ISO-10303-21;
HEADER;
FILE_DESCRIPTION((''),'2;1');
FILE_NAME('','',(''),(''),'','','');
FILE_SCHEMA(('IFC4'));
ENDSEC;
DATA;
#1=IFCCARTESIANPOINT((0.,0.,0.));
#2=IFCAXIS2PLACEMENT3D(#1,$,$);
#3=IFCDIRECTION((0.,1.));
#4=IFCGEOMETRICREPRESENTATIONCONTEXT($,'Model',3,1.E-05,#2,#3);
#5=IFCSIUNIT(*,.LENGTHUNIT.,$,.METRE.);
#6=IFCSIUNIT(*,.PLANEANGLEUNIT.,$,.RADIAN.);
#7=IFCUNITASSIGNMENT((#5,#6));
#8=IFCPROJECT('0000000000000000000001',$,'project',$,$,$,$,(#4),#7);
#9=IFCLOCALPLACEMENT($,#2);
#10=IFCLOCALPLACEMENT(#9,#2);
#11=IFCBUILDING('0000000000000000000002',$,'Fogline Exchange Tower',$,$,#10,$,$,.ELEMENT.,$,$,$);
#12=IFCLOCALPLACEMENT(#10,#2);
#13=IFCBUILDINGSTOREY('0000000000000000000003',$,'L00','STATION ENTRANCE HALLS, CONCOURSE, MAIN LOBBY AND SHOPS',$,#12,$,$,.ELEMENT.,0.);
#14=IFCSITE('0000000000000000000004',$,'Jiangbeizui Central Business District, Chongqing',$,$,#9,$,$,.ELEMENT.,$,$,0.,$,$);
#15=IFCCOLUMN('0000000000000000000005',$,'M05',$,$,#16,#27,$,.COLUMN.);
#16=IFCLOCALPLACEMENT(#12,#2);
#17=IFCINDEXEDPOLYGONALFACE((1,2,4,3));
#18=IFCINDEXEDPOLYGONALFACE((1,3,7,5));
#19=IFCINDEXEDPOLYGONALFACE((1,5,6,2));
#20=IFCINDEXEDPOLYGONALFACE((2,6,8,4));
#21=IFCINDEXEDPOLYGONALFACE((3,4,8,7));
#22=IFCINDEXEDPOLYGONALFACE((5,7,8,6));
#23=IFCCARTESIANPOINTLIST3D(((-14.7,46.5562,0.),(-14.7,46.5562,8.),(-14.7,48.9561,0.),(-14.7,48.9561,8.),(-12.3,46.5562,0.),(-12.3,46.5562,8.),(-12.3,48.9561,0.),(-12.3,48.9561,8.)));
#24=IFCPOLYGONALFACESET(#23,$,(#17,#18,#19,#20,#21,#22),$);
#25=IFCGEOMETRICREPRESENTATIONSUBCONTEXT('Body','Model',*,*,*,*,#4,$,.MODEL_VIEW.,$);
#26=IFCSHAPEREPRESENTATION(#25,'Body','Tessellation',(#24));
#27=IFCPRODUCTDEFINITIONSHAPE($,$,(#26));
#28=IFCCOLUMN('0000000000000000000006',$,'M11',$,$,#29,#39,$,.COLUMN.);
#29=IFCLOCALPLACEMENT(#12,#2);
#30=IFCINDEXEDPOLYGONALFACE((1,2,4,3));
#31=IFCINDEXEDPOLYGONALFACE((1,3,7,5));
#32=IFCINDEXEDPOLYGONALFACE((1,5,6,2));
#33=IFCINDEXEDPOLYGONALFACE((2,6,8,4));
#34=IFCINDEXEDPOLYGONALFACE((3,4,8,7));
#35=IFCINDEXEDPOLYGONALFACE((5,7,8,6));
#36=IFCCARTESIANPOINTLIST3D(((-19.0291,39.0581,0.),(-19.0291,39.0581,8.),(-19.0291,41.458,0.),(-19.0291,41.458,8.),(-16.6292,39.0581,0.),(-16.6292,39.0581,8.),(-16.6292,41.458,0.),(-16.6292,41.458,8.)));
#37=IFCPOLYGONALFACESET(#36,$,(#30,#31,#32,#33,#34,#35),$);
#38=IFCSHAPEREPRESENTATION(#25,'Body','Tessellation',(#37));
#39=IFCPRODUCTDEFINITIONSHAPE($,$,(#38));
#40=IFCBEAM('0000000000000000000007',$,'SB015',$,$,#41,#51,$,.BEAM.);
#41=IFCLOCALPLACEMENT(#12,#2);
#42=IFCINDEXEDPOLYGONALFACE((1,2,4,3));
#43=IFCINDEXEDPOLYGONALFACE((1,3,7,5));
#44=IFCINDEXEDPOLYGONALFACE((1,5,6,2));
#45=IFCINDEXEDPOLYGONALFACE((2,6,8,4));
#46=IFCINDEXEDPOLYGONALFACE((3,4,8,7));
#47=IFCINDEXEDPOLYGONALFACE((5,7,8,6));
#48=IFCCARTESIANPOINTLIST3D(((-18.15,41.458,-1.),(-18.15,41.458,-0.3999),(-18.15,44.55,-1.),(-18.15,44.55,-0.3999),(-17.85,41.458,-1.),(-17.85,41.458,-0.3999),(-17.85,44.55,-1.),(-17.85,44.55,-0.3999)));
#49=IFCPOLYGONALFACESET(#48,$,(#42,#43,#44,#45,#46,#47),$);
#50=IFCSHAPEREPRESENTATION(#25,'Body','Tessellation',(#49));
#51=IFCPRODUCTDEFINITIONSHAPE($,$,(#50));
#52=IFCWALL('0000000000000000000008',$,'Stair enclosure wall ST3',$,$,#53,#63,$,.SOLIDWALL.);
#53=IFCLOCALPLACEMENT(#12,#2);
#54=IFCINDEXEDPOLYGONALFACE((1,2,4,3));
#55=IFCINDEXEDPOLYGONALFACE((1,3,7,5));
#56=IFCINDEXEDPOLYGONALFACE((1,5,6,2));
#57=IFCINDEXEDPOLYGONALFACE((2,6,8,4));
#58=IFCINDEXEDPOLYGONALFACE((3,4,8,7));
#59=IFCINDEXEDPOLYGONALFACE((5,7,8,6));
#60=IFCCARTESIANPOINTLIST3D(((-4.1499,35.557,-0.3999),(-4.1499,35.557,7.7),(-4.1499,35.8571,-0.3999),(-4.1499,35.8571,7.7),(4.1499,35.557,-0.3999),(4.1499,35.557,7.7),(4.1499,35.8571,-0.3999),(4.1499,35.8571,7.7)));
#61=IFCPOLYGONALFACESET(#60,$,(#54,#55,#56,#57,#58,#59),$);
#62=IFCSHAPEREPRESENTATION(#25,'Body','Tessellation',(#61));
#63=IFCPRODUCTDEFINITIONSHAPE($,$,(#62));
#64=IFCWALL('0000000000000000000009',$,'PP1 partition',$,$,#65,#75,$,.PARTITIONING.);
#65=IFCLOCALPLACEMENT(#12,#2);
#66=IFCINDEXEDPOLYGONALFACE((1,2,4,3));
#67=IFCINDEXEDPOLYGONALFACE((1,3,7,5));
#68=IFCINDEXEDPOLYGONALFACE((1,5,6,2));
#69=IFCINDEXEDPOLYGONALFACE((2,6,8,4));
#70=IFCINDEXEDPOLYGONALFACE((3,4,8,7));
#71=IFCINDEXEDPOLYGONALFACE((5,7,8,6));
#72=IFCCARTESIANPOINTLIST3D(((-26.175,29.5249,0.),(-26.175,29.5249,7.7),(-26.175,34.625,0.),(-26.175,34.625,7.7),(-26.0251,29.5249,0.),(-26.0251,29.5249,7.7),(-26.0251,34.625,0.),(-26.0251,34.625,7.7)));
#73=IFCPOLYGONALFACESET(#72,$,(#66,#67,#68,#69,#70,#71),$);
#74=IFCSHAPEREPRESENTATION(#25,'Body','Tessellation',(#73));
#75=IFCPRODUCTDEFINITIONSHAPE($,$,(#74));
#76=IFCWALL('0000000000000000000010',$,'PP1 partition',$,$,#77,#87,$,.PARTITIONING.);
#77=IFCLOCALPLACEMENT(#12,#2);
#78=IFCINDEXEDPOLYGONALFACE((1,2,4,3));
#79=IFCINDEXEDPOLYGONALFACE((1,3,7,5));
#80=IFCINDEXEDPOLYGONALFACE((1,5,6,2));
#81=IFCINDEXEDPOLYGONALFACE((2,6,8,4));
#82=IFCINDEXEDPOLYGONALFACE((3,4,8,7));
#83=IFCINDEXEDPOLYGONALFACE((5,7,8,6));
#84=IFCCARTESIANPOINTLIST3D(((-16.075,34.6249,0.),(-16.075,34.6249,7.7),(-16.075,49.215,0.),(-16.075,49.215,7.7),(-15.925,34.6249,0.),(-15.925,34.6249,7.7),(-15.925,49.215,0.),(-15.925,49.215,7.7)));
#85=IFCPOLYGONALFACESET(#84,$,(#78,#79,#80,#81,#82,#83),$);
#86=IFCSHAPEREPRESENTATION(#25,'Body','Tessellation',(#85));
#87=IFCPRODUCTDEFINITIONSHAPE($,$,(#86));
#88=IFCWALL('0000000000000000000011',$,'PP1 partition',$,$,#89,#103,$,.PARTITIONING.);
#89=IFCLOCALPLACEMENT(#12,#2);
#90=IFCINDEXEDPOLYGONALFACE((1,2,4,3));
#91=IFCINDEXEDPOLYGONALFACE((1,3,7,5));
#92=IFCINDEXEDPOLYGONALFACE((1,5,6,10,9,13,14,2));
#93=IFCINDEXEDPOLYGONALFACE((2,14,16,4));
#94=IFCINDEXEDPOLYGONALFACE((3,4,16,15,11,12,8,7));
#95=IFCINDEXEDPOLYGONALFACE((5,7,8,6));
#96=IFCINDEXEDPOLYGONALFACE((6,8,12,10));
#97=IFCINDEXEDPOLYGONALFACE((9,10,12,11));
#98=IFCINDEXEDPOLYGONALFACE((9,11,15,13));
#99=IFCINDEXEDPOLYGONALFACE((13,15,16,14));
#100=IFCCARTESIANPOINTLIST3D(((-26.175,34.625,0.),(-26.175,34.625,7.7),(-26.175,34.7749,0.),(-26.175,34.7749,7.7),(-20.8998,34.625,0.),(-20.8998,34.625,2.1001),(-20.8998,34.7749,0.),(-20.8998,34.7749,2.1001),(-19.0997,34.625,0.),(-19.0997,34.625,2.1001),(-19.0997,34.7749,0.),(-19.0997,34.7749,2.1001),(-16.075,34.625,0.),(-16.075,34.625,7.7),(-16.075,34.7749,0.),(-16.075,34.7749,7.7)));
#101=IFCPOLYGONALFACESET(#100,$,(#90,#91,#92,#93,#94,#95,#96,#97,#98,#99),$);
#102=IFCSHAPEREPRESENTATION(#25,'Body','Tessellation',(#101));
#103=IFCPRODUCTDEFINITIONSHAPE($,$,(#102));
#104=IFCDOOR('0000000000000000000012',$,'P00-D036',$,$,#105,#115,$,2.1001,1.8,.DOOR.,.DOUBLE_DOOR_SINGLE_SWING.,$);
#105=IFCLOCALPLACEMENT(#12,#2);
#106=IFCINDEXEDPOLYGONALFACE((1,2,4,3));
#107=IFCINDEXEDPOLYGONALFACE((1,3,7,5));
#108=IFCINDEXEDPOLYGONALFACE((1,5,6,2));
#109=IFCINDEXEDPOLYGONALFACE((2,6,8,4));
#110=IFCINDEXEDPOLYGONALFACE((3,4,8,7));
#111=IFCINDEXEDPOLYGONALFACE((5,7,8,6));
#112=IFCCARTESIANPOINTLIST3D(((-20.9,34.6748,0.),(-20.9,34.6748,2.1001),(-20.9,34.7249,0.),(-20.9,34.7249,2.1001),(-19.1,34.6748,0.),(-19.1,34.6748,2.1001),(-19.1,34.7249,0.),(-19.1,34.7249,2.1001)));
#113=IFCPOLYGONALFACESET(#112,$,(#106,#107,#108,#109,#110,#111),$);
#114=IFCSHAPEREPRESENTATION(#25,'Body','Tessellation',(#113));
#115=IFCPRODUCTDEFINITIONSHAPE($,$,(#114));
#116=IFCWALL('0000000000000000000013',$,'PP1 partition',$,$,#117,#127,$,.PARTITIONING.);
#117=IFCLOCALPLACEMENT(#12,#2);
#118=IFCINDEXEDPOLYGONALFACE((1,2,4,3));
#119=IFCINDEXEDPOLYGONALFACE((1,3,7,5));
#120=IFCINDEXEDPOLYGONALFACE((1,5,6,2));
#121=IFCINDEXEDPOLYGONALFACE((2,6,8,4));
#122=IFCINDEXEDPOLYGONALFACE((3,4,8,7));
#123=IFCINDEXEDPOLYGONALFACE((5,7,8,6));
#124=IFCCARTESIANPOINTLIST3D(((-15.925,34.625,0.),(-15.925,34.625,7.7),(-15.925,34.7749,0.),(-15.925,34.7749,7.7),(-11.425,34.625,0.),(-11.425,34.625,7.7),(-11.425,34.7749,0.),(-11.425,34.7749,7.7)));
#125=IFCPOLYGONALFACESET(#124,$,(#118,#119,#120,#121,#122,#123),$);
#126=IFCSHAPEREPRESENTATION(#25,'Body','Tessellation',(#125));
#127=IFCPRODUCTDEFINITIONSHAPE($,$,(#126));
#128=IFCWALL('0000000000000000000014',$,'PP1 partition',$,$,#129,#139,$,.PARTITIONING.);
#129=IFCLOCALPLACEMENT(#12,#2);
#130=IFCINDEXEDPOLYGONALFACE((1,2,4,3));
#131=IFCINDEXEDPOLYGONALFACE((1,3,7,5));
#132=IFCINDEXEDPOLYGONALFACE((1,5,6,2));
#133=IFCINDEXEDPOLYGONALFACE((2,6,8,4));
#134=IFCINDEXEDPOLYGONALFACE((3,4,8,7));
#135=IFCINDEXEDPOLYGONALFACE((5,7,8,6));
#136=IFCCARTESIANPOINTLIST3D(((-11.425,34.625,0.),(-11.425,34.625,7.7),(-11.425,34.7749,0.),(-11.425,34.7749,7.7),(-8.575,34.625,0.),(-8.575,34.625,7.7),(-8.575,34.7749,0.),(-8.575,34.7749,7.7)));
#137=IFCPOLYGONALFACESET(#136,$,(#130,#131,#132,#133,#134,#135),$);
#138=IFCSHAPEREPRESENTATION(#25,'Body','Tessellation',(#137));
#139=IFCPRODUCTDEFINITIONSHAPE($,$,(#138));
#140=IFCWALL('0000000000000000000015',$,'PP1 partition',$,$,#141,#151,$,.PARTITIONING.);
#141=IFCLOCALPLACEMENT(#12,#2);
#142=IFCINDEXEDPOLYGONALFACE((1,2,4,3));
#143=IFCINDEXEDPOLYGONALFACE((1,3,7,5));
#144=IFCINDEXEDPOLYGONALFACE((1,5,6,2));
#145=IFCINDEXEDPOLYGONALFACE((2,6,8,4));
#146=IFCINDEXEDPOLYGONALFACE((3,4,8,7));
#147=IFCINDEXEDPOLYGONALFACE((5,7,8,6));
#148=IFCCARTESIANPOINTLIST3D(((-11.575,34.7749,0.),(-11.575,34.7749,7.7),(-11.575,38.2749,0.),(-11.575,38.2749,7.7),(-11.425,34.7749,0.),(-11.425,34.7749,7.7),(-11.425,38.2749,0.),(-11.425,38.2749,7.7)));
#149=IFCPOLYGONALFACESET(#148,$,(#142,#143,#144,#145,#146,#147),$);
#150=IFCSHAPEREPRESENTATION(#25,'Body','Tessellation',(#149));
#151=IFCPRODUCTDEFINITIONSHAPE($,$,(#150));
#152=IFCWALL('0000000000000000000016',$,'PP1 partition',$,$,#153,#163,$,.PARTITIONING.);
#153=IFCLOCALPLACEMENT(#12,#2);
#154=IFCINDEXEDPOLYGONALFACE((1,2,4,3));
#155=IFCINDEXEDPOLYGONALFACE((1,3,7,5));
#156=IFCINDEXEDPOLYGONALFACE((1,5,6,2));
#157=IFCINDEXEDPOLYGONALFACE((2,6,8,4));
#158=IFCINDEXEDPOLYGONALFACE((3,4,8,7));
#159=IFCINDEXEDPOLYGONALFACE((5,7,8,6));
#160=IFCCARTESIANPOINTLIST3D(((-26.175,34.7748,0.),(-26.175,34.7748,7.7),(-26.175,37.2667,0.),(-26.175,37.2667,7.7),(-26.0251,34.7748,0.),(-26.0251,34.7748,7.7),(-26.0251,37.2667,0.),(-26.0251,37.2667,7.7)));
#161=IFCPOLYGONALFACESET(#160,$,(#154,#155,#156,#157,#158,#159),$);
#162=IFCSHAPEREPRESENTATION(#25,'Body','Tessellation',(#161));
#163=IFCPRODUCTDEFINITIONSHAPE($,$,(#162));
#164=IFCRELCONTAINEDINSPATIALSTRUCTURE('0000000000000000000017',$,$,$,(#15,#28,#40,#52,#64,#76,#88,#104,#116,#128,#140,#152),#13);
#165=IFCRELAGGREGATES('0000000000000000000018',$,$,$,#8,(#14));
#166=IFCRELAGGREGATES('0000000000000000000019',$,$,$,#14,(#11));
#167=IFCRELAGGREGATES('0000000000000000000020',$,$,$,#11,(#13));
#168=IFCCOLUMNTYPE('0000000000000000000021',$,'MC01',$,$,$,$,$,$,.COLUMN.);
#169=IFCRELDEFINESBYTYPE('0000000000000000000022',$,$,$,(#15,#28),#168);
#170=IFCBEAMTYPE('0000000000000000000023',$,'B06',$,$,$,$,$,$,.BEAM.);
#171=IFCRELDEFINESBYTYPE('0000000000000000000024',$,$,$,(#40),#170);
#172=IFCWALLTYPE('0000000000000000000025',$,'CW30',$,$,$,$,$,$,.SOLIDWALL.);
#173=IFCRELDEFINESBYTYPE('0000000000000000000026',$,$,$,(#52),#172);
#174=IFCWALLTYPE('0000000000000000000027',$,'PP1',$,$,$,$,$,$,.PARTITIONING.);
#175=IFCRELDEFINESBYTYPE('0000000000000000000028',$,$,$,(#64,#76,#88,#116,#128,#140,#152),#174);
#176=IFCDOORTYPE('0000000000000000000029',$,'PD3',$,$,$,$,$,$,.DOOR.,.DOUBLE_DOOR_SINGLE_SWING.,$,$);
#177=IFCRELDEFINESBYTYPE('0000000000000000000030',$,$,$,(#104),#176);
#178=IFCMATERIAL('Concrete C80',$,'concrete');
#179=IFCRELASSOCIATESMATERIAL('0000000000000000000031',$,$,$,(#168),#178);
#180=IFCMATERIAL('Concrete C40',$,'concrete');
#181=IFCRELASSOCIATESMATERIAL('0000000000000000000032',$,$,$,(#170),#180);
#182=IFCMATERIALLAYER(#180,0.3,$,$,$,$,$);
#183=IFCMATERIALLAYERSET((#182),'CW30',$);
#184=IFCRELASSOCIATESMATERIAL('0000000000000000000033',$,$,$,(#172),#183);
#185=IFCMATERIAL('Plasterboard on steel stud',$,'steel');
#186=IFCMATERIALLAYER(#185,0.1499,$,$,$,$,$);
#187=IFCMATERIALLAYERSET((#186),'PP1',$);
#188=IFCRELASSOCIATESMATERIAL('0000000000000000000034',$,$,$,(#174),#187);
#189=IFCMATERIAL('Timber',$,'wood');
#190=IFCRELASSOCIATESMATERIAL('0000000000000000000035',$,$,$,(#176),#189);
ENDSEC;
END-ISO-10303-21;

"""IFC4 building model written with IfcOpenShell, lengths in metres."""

from ifc_helpers import new_model, si_unit, direction, frame, frame_2d, origin, origin_2d, place, context, subcontext, project, spatial, rectangle, extrude, material, layer, layer_set, material_profile, profile_set, type_object, element, fill, save


model = new_model("IFC4")

# Units and contexts
model_context = context("Model", 3, precision=1e-05, world=origin(), true_north=direction((0.0, 1.0)))
body_context = subcontext(model_context, "Body", "Model", "MODEL_VIEW")
ifc_project = project(units=[si_unit("LENGTHUNIT", "METRE"), si_unit("PLANEANGLEUNIT", "RADIAN")], contexts=[model_context])

# Site, building, storey
site_placement = place(None, origin())
site = spatial("IfcSite", under=ifc_project, at=site_placement, Name="Jiangbeizui Central Business District, Chongqing", CompositionType="ELEMENT", RefElevation=0.0)
building_placement = place(site_placement, origin())
building = spatial("IfcBuilding", under=site, at=building_placement, Name="Fogline Exchange Tower", CompositionType="ELEMENT")
storey_placement = place(building_placement, origin())
storey = spatial("IfcBuildingStorey", under=building, at=storey_placement, Name="L00", Description="STATION ENTRANCE HALLS, CONCOURSE, MAIN LOBBY AND SHOPS", CompositionType="ELEMENT", Elevation=0.0)

# Columns
ifc_material_1 = material(Name="Concrete C80", Category="concrete")
ifc_material_profile_1 = material_profile(ifc_material_1, rectangle(XDim=2.3999, YDim=2.3999, at=origin_2d()), Name="RC 2400x2400")
ifc_profile_set_1 = profile_set([ifc_material_profile_1], Name="Concrete C80")
column_type = type_object("IfcColumnType", Name="MC01", PredefinedType="COLUMN", material=ifc_profile_set_1)
for number, where, z_axis, x_axis, name in (
    (1, (-13.5, 47.7561, 0.0), (0.0, 0.0, 1.0), (1.0, 0.0, 0.0), "M05"),
    (2, (-17.8291, 40.2581, 0.0), (0.0, 0.0, 1.0), (1.0, 0.0, 0.0), "M11"),
):
    element("IfcColumn", number, at=place(storey_placement, frame(where, z_axis=z_axis, x_axis=x_axis)), inside=storey, type_object=column_type, Name=name, PredefinedType="COLUMN", context=body_context, shape_type="SweptSolid", body=[
        extrude(rectangle(XDim=2.3999, YDim=2.3999, at=origin_2d()), origin(), (0.0, 0.0, 1.0), 8.0),
    ])

# Beam
ifc_material_2 = material(Name="Concrete C40", Category="concrete")
ifc_material_profile_2 = material_profile(ifc_material_2, rectangle(XDim=0.3, YDim=0.6001, at=origin_2d()), Name="RC 300x600")
ifc_profile_set_2 = profile_set([ifc_material_profile_2], Name="Concrete C40")
beam_type = type_object("IfcBeamType", Name="B06", PredefinedType="BEAM", material=ifc_profile_set_2)
beam_placement = place(storey_placement, frame((-18.0, 41.458, -0.7), z_axis=(0.0, 1.0, 0.0), x_axis=(-1.0, 0.0, 0.0)))
element("IfcBeam", 3, at=beam_placement, inside=storey, type_object=beam_type, Name="SB015", PredefinedType="BEAM", context=body_context, shape_type="SweptSolid", body=[
    extrude(rectangle(XDim=0.3, YDim=0.6001, at=origin_2d()), origin(), (0.0, 0.0, 1.0), 3.092),
])

# Walls
ifc_layer_1 = layer(ifc_material_2, 0.3)
ifc_layer_set_1 = layer_set([ifc_layer_1], Name="CW30")
wall_type_1 = type_object("IfcWallType", Name="CW30", PredefinedType="SOLIDWALL", material=ifc_layer_set_1)
wall_1_placement = place(storey_placement, frame((-4.1499, 35.707, -0.3999), z_axis=(0.0, 0.0, 1.0), x_axis=(1.0, 0.0, 0.0)))
element("IfcWall", 4, at=wall_1_placement, inside=storey, type_object=wall_type_1, Name="Stair enclosure wall ST3", PredefinedType="SOLIDWALL", context=body_context, shape_type="SweptSolid", body=[
    extrude(rectangle(XDim=8.2998, YDim=0.3, at=frame_2d((4.1499, 0.0))), origin(), (0.0, 0.0, 1.0), 8.0999),
])
ifc_material_3 = material(Name="Plasterboard on steel stud", Category="steel")
ifc_layer_2 = layer(ifc_material_3, 0.1499)
ifc_layer_set_2 = layer_set([ifc_layer_2], Name="PP1")
wall_type_2 = type_object("IfcWallType", Name="PP1", PredefinedType="PARTITIONING", material=ifc_layer_set_2)
wall_2_placement = place(storey_placement, frame((-26.1001, 34.625, 0.0), z_axis=(0.0, 0.0, 1.0), x_axis=(0.0, -1.0, 0.0)))
element("IfcWall", 5, at=wall_2_placement, inside=storey, type_object=wall_type_2, Name="PP1 partition", PredefinedType="PARTITIONING", context=body_context, shape_type="SweptSolid", body=[
    extrude(rectangle(XDim=5.1001, YDim=0.1499, at=frame_2d((2.55, 0.0))), origin(), (0.0, 0.0, 1.0), 7.7),
])
wall_3_placement = place(storey_placement, frame((-16.0, 34.625, 0.0), z_axis=(0.0, 0.0, 1.0), x_axis=(0.0, 1.0, 0.0)))
element("IfcWall", 6, at=wall_3_placement, inside=storey, type_object=wall_type_2, Name="PP1 partition", PredefinedType="PARTITIONING", context=body_context, shape_type="SweptSolid", body=[
    extrude(rectangle(XDim=14.5901, YDim=0.1499, at=frame_2d((7.2949, 0.0))), origin(), (0.0, 0.0, 1.0), 7.7),
])

# Wall, opening, door
wall_4_placement = place(storey_placement, frame((-16.075, 34.7, 0.0), z_axis=(0.0, 0.0, 1.0), x_axis=(-1.0, 0.0, 0.0)))
wall_4 = element("IfcWall", 7, at=wall_4_placement, inside=storey, type_object=wall_type_2, Name="PP1 partition", PredefinedType="PARTITIONING", context=body_context, shape_type="SweptSolid", body=[
    extrude(rectangle(XDim=10.1001, YDim=0.1499, at=frame_2d((5.05, 0.0))), origin(), (0.0, 0.0, 1.0), 7.7),
])
opening_1_placement = place(wall_4_placement, frame((3.0249, 0.0, 0.0)))
opening_1 = element("IfcOpeningElement", 8, at=opening_1_placement, cuts=wall_4, PredefinedType="OPENING", context=body_context, shape_type="SweptSolid", body=[
    extrude(rectangle(XDim=1.8, YDim=2.1001, at=frame_2d((0.8999, 1.05))), frame((0.0, 0.085, 0.0), z_axis=(0.0, -1.0, 0.0), x_axis=(1.0, 0.0, 0.0)), (0.0, 0.0, 1.0), 0.1699),
])
ifc_material_4 = material(Name="Timber", Category="wood")
door_type_1 = type_object("IfcDoorType", Name="PD3", OperationType="DOUBLE_DOOR_SINGLE_SWING", PredefinedType="DOOR", material=ifc_material_4)
door_1_placement = place(opening_1_placement, frame((1.8, 0.0, 0.0), z_axis=(0.0, 0.0, 1.0), x_axis=(-1.0, 0.0, 0.0)))
door_1 = element("IfcDoor", 9, at=door_1_placement, inside=storey, type_object=door_type_1, Name="P00-D036", OperationType="DOUBLE_DOOR_SINGLE_SWING", OverallHeight=2.1001, OverallWidth=1.8, PredefinedType="DOOR", context=body_context, shape_type="SweptSolid", body=[
    extrude(rectangle(XDim=1.8, YDim=2.1001, at=frame_2d((0.8999, 1.05))), frame((0.0, 0.0249, 0.0), z_axis=(0.0, -1.0, 0.0), x_axis=(1.0, 0.0, 0.0)), (0.0, 0.0, 1.0), 0.05),
])
fill(opening_1, door_1)

# Walls
wall_5_placement = place(storey_placement, frame((-11.425, 34.7, 0.0), z_axis=(0.0, 0.0, 1.0), x_axis=(-1.0, 0.0, 0.0)))
element("IfcWall", 10, at=wall_5_placement, inside=storey, type_object=wall_type_2, Name="PP1 partition", PredefinedType="PARTITIONING", context=body_context, shape_type="SweptSolid", body=[
    extrude(rectangle(XDim=4.5, YDim=0.1499, at=frame_2d((2.25, 0.0))), origin(), (0.0, 0.0, 1.0), 7.7),
])
wall_6_placement = place(storey_placement, frame((-8.575, 34.7, 0.0), z_axis=(0.0, 0.0, 1.0), x_axis=(-1.0, 0.0, 0.0)))
element("IfcWall", 11, at=wall_6_placement, inside=storey, type_object=wall_type_2, Name="PP1 partition", PredefinedType="PARTITIONING", context=body_context, shape_type="SweptSolid", body=[
    extrude(rectangle(XDim=2.8501, YDim=0.1499, at=frame_2d((1.425, 0.0))), origin(), (0.0, 0.0, 1.0), 7.7),
])

# Walls
wall_7_placement = place(storey_placement, frame((-11.5, 34.7749, 0.0), z_axis=(0.0, 0.0, 1.0), x_axis=(0.0, 1.0, 0.0)))
element("IfcWall", 12, at=wall_7_placement, inside=storey, type_object=wall_type_2, Name="PP1 partition", PredefinedType="PARTITIONING", context=body_context, shape_type="SweptSolid", body=[
    extrude(rectangle(XDim=3.5, YDim=0.1499, at=frame_2d((1.75, 0.0))), origin(), (0.0, 0.0, 1.0), 7.7),
])
wall_8_placement = place(storey_placement, frame((-26.1001, 37.2668, 0.0), z_axis=(0.0, 0.0, 1.0), x_axis=(0.0, -1.0, 0.0)))
element("IfcWall", 13, at=wall_8_placement, inside=storey, type_object=wall_type_2, Name="PP1 partition", PredefinedType="PARTITIONING", context=body_context, shape_type="SweptSolid", body=[
    extrude(rectangle(XDim=2.4919, YDim=0.1499, at=frame_2d((1.2461, 0.0))), origin(), (0.0, 0.0, 1.0), 7.7),
])

save(model, "model.ifc")
